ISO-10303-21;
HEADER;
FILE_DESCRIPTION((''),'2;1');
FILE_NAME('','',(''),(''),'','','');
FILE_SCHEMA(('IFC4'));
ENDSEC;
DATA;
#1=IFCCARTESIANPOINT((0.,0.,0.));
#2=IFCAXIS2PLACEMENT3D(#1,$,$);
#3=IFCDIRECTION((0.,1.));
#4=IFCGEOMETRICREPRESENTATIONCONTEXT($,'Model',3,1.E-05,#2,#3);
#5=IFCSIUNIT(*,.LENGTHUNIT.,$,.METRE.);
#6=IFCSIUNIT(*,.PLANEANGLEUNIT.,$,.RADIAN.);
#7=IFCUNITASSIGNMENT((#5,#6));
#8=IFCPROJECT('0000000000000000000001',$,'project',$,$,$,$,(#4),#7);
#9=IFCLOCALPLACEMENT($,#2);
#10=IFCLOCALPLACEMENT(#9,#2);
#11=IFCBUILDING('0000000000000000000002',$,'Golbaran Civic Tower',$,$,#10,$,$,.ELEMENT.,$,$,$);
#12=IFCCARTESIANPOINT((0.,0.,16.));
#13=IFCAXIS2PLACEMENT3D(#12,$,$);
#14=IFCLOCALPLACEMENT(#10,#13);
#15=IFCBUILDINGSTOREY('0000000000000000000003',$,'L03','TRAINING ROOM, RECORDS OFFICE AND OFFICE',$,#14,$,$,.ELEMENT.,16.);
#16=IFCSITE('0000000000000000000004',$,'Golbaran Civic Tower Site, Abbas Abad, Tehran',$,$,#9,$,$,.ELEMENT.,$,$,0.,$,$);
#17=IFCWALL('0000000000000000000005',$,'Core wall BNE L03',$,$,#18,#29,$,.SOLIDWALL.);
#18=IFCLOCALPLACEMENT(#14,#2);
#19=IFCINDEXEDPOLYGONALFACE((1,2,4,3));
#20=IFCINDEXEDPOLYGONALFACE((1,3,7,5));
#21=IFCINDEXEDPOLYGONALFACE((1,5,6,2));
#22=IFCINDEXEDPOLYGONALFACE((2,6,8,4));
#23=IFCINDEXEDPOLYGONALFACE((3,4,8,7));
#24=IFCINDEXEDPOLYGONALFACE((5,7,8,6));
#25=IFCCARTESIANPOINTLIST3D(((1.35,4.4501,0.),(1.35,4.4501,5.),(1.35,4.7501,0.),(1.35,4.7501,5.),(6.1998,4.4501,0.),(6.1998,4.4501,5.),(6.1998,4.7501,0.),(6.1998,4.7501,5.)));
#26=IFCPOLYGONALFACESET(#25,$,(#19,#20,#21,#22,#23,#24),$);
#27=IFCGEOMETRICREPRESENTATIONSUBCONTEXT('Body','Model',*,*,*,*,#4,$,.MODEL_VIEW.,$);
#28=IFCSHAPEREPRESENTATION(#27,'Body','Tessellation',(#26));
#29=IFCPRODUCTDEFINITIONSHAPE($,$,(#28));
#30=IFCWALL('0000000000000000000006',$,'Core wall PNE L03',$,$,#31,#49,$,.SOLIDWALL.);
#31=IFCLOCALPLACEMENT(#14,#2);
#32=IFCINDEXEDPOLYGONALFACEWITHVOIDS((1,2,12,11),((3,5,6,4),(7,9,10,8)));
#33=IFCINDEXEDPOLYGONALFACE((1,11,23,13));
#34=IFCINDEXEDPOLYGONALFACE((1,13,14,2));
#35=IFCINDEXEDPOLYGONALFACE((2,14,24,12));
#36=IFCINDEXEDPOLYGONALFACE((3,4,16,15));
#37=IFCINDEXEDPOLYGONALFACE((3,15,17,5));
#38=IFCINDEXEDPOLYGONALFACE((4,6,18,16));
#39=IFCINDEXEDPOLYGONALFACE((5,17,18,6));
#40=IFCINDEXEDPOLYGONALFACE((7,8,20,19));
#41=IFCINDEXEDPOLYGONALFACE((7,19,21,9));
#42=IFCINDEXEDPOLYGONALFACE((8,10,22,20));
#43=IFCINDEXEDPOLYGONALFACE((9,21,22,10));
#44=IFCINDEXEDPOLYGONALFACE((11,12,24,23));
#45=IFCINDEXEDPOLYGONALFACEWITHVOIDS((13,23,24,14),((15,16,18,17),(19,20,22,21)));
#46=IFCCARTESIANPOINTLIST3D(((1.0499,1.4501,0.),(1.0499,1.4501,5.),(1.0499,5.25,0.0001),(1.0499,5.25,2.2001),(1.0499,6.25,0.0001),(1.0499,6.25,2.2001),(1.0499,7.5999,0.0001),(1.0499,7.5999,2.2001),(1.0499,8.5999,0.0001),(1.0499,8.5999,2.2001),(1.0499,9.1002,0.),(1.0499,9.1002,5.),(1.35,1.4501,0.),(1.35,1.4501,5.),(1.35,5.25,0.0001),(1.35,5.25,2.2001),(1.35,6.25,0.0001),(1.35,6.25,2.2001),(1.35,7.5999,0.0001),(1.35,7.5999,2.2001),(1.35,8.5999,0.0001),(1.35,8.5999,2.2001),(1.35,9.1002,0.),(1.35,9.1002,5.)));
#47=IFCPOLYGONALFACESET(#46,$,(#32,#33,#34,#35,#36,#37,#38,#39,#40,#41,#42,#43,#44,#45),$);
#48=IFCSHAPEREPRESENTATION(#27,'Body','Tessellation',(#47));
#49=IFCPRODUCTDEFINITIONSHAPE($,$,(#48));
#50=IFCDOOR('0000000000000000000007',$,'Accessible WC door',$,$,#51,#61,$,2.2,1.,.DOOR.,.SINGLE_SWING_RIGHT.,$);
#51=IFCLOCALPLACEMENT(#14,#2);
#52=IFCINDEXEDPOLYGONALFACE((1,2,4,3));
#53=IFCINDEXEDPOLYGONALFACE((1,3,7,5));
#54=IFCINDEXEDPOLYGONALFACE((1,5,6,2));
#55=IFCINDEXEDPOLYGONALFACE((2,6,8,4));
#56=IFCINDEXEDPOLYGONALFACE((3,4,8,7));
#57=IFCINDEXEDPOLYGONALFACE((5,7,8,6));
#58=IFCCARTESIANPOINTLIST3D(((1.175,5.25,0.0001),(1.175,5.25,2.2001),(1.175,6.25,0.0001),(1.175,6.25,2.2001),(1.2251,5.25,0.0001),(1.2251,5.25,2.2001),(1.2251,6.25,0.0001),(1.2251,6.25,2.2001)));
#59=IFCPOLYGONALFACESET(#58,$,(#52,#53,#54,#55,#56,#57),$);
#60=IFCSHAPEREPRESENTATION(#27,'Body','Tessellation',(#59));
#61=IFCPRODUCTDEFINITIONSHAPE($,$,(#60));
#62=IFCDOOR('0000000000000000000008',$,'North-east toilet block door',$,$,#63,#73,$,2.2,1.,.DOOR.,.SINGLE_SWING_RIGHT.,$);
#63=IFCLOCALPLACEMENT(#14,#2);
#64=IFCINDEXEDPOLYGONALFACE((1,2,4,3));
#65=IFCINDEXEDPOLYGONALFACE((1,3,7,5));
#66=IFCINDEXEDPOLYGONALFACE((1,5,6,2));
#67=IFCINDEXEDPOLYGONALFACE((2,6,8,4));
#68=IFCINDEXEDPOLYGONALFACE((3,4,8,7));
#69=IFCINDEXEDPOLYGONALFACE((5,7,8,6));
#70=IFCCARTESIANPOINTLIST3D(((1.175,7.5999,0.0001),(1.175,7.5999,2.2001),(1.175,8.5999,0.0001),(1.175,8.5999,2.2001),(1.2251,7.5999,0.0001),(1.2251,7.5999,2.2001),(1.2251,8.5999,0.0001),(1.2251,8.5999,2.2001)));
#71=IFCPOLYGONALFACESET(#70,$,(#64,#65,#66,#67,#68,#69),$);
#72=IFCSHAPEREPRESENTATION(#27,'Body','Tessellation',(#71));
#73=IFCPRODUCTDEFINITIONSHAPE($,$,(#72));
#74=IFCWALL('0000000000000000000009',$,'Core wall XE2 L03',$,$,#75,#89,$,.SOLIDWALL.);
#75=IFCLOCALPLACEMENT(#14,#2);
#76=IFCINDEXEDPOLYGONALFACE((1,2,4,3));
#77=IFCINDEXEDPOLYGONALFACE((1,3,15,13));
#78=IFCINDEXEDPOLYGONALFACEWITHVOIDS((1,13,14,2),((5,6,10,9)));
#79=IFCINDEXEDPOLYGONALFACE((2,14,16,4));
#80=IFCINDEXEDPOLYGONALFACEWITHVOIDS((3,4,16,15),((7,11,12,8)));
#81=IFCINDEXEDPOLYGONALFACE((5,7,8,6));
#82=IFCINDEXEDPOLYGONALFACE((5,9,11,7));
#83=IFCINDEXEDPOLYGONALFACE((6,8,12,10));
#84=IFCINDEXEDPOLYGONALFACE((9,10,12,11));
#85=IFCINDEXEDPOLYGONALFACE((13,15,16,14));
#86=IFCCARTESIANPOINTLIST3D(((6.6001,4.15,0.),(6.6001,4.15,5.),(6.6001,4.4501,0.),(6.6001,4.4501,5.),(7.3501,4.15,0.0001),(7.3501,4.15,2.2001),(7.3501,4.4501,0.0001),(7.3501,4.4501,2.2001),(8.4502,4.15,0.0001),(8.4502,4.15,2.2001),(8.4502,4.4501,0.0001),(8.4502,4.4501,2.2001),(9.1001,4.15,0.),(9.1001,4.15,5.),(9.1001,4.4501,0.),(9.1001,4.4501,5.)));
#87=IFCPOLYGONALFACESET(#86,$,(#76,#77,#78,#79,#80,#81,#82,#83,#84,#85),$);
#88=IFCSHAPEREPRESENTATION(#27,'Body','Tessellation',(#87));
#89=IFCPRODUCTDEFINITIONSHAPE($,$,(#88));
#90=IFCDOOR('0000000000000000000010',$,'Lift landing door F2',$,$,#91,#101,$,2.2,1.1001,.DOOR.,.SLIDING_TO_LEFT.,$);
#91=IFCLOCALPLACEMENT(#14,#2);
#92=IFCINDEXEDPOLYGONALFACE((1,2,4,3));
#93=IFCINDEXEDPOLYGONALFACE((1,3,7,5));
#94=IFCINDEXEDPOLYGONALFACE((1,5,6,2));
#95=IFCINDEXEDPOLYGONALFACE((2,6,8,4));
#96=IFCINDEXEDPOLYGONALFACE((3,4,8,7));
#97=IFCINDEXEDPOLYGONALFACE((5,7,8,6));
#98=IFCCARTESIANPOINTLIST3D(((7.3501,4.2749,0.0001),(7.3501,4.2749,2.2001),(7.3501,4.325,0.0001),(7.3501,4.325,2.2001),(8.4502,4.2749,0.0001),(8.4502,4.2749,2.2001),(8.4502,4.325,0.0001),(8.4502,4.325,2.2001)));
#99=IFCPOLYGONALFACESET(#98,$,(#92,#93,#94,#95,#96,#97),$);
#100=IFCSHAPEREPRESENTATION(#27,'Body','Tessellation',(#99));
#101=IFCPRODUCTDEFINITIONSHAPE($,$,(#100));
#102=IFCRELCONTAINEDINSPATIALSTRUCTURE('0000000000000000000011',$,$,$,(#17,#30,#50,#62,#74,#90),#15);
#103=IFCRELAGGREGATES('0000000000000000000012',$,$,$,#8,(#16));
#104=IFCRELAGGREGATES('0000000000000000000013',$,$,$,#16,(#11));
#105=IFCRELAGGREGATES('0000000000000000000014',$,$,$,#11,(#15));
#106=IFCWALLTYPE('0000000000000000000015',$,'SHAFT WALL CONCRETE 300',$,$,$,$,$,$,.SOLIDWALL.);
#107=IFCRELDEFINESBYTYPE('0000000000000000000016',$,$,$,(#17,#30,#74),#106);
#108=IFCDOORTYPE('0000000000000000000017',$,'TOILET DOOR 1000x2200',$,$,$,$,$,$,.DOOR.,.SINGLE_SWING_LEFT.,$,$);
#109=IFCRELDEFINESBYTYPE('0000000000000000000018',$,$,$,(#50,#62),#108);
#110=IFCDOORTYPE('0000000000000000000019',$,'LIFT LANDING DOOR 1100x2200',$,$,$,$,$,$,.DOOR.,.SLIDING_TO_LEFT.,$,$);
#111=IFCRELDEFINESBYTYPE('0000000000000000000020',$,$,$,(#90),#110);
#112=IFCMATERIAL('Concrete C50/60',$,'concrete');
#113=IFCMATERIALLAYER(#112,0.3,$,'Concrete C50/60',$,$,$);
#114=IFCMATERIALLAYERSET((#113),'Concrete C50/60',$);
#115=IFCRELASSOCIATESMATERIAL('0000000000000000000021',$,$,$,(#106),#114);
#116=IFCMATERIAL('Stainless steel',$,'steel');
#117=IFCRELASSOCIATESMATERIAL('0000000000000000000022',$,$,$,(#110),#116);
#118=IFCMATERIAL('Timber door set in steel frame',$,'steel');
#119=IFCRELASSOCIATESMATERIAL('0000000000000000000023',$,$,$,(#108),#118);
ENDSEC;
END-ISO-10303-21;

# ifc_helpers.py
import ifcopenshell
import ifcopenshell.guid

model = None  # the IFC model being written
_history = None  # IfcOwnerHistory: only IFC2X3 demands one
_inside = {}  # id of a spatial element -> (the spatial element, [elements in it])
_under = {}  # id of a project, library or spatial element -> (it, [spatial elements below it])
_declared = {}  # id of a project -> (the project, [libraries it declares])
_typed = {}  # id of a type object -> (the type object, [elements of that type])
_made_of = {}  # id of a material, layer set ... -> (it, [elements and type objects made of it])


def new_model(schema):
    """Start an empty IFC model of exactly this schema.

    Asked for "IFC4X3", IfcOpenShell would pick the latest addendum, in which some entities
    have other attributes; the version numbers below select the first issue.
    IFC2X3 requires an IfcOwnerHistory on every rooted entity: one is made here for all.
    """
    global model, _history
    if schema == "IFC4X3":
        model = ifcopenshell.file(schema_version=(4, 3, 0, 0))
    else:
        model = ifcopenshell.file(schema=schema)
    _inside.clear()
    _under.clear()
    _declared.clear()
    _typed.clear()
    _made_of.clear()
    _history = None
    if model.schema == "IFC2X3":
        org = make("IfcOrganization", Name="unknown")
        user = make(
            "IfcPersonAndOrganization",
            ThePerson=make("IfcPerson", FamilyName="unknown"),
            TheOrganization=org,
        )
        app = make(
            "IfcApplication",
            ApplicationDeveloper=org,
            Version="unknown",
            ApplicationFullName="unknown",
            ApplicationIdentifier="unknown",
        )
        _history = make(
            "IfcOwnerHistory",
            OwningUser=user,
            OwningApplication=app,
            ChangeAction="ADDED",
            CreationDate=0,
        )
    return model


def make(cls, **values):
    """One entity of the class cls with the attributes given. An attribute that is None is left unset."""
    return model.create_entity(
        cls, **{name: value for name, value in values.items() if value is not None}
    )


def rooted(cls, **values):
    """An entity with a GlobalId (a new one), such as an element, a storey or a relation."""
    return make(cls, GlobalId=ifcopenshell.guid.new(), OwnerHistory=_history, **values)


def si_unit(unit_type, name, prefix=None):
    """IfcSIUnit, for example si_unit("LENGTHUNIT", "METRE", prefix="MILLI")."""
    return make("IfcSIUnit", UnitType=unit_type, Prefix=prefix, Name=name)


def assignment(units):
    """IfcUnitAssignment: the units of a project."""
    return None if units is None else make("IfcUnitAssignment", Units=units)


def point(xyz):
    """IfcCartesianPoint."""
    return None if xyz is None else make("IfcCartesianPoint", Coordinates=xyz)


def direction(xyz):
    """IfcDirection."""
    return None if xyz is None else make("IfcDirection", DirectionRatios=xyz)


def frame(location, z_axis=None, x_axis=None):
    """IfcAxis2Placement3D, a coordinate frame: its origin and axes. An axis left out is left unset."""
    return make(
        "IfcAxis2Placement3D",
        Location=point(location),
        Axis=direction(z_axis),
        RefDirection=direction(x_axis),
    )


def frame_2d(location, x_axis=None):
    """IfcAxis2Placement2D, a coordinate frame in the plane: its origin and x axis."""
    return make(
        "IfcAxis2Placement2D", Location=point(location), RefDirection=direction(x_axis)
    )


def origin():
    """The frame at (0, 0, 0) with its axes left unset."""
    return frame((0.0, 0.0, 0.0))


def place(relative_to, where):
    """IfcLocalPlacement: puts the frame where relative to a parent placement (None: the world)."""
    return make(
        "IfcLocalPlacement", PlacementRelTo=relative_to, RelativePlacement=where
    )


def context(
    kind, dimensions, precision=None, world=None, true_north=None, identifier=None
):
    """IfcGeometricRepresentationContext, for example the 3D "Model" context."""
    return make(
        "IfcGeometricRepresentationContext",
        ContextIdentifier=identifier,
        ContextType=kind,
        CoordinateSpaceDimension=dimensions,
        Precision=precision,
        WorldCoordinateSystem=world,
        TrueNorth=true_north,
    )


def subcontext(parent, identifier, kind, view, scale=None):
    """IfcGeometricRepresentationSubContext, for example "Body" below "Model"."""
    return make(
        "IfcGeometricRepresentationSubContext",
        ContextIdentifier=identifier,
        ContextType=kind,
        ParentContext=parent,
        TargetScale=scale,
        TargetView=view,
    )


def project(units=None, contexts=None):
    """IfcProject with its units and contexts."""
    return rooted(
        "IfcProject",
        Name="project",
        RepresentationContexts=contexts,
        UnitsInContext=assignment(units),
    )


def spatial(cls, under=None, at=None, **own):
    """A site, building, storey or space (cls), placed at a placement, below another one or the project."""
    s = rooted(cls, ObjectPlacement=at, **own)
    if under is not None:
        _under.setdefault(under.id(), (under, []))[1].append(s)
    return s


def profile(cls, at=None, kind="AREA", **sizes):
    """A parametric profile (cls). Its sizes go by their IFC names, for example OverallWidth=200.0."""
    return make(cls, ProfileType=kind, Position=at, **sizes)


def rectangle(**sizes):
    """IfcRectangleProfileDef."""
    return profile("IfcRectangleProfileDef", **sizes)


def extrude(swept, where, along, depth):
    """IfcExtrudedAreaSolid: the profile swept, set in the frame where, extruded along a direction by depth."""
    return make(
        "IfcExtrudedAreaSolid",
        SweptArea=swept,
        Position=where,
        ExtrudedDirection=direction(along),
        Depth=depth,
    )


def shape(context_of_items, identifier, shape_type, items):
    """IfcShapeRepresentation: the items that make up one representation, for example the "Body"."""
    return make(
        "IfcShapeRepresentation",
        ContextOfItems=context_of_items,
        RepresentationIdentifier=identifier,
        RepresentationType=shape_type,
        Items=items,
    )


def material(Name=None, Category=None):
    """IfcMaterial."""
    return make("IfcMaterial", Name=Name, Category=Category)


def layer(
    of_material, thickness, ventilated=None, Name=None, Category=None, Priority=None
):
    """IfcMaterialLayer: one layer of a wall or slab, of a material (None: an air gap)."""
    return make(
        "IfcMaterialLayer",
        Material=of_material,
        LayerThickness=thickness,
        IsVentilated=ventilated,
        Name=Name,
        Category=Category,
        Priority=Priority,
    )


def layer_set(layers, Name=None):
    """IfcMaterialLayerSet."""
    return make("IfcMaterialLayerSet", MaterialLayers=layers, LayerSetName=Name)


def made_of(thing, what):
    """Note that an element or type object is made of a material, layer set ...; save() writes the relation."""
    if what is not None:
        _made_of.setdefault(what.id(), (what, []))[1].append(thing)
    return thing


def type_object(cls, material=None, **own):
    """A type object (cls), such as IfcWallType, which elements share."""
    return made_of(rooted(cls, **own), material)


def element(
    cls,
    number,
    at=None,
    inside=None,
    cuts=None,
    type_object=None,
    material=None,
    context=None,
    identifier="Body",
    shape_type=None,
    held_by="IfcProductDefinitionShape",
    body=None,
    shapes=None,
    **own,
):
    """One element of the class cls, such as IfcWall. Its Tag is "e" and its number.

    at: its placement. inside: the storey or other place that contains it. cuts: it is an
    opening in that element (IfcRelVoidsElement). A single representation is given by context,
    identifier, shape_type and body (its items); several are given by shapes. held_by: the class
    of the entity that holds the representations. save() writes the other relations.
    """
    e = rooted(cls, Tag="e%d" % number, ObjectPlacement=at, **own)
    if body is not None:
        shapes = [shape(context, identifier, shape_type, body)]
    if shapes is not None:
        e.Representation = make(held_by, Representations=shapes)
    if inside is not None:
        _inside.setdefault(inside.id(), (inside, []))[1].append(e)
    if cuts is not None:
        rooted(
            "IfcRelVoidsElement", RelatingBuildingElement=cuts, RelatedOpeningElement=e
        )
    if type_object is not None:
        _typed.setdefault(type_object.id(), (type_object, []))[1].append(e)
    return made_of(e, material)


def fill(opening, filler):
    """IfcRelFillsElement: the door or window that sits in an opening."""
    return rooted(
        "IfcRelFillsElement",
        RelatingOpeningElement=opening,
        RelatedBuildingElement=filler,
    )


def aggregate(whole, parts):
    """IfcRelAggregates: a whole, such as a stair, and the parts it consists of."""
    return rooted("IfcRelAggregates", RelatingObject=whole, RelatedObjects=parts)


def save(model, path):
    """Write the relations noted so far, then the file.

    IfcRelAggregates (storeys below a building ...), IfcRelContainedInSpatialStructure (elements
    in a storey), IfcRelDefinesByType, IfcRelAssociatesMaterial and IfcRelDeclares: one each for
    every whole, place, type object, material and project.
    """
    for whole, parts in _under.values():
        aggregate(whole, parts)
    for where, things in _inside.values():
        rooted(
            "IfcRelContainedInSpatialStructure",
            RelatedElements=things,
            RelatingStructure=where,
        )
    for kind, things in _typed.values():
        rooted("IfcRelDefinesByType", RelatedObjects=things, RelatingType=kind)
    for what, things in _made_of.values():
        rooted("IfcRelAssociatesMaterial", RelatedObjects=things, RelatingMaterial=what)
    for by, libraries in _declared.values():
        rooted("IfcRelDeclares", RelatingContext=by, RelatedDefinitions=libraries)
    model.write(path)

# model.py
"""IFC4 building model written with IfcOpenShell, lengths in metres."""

from ifc_helpers import new_model, si_unit, direction, frame, frame_2d, origin, place, context, subcontext, project, spatial, rectangle, extrude, material, layer, layer_set, type_object, element, fill, save


model = new_model("IFC4")

# Units and contexts
model_context = context("Model", 3, precision=1e-05, world=origin(), true_north=direction((0.0, 1.0)))
body_context = subcontext(model_context, "Body", "Model", "MODEL_VIEW")
ifc_project = project(units=[si_unit("LENGTHUNIT", "METRE"), si_unit("PLANEANGLEUNIT", "RADIAN")], contexts=[model_context])

# Site, building, storey
site_placement = place(None, origin())
site = spatial("IfcSite", under=ifc_project, at=site_placement, Name="Golbaran Civic Tower Site, Abbas Abad, Tehran", CompositionType="ELEMENT", RefElevation=0.0)
building_placement = place(site_placement, origin())
building = spatial("IfcBuilding", under=site, at=building_placement, Name="Golbaran Civic Tower", CompositionType="ELEMENT")
storey_placement = place(building_placement, frame((0.0, 0.0, 16.0)))
storey = spatial("IfcBuildingStorey", under=building, at=storey_placement, Name="L03", Description="TRAINING ROOM, RECORDS OFFICE AND OFFICE", CompositionType="ELEMENT", Elevation=16.0)

# Shared definitions
ifc_material_1 = material(Name="Concrete C50/60", Category="concrete")
ifc_layer_1 = layer(ifc_material_1, 0.3, Name="Concrete C50/60")
ifc_layer_set_1 = layer_set([ifc_layer_1], Name="Concrete C50/60")
wall_type_1 = type_object("IfcWallType", Name="SHAFT WALL CONCRETE 300", PredefinedType="SOLIDWALL", material=ifc_layer_set_1)
ifc_material_2 = material(Name="Stainless steel", Category="steel")
door_type_1 = type_object("IfcDoorType", Name="LIFT LANDING DOOR 1100x2200", OperationType="SLIDING_TO_LEFT", PredefinedType="DOOR", material=ifc_material_2)

# Wall
wall_1_placement = place(storey_placement, frame((1.3501, 4.6001, 0.0), z_axis=(0.0, 0.0, 1.0), x_axis=(1.0, 0.0, 0.0)))
element("IfcWall", 1, at=wall_1_placement, inside=storey, type_object=wall_type_1, Name="Core wall BNE L03", PredefinedType="SOLIDWALL", context=body_context, shape_type="SweptSolid", body=[
    extrude(rectangle(XDim=4.8499, YDim=0.3, at=frame_2d((2.4248, 0.0))), origin(), (0.0, 0.0, 1.0), 5.0),
])

# Wall, openings, doors
wall_2_placement = place(storey_placement, frame((1.2, 1.45, 0.0), z_axis=(0.0, 0.0, 1.0), x_axis=(0.0, 1.0, 0.0)))
wall_2 = element("IfcWall", 2, at=wall_2_placement, inside=storey, type_object=wall_type_1, Name="Core wall PNE L03", PredefinedType="SOLIDWALL", context=body_context, shape_type="SweptSolid", body=[
    extrude(rectangle(XDim=7.6501, YDim=0.3, at=frame_2d((3.8252, 0.0))), origin(), (0.0, 0.0, 1.0), 5.0),
])
opening_1_placement = place(wall_2_placement, frame((3.8, 0.0, 0.0)))
opening_1 = element("IfcOpeningElement", 3, at=opening_1_placement, cuts=wall_2, PredefinedType="OPENING", context=body_context, shape_type="SweptSolid", body=[
    extrude(rectangle(XDim=1.0, YDim=2.2, at=frame_2d((0.5, 1.1001))), frame((0.0, 0.1599, 0.0), z_axis=(0.0, -1.0, 0.0), x_axis=(1.0, 0.0, 0.0)), (0.0, 0.0, 1.0), 0.3201),
])
opening_2_placement = place(wall_2_placement, frame((6.1499, 0.0, 0.0)))
opening_2 = element("IfcOpeningElement", 4, at=opening_2_placement, cuts=wall_2, PredefinedType="OPENING", context=body_context, shape_type="SweptSolid", body=[
    extrude(rectangle(XDim=1.0, YDim=2.2, at=frame_2d((0.5, 1.1001))), frame((0.0, 0.1599, 0.0), z_axis=(0.0, -1.0, 0.0), x_axis=(1.0, 0.0, 0.0)), (0.0, 0.0, 1.0), 0.3201),
])
ifc_material_3 = material(Name="Timber door set in steel frame", Category="steel")
door_type_2 = type_object("IfcDoorType", Name="TOILET DOOR 1000x2200", OperationType="SINGLE_SWING_LEFT", PredefinedType="DOOR", material=ifc_material_3)
door_1_placement = place(opening_1_placement, origin())
door_1 = element("IfcDoor", 5, at=door_1_placement, inside=storey, type_object=door_type_2, Name="Accessible WC door", OperationType="SINGLE_SWING_RIGHT", OverallHeight=2.2, OverallWidth=1.0, PredefinedType="DOOR", context=body_context, shape_type="SweptSolid", body=[
    extrude(rectangle(XDim=1.0, YDim=2.2, at=frame_2d((0.5, 1.1001))), frame((0.0, 0.0249, 0.0), z_axis=(0.0, -1.0, 0.0), x_axis=(1.0, 0.0, 0.0)), (0.0, 0.0, 1.0), 0.05),
])
fill(opening_1, door_1)
door_2_placement = place(opening_2_placement, origin())
door_2 = element("IfcDoor", 6, at=door_2_placement, inside=storey, type_object=door_type_2, Name="North-east toilet block door", OperationType="SINGLE_SWING_RIGHT", OverallHeight=2.2, OverallWidth=1.0, PredefinedType="DOOR", context=body_context, shape_type="SweptSolid", body=[
    extrude(rectangle(XDim=1.0, YDim=2.2, at=frame_2d((0.5, 1.1001))), frame((0.0, 0.0249, 0.0), z_axis=(0.0, -1.0, 0.0), x_axis=(1.0, 0.0, 0.0)), (0.0, 0.0, 1.0), 0.05),
])
fill(opening_2, door_2)

# Wall, opening, door
wall_3_placement = place(storey_placement, frame((6.6001, 4.3, 0.0), z_axis=(0.0, 0.0, 1.0), x_axis=(1.0, 0.0, 0.0)))
wall_3 = element("IfcWall", 7, at=wall_3_placement, inside=storey, type_object=wall_type_1, Name="Core wall XE2 L03", PredefinedType="SOLIDWALL", context=body_context, shape_type="SweptSolid", body=[
    extrude(rectangle(XDim=2.5, YDim=0.3, at=frame_2d((1.25, 0.0))), origin(), (0.0, 0.0, 1.0), 5.0),
])
opening_3_placement = place(wall_3_placement, frame((0.75, 0.0, 0.0)))
opening_3 = element("IfcOpeningElement", 8, at=opening_3_placement, cuts=wall_3, PredefinedType="OPENING", context=body_context, shape_type="SweptSolid", body=[
    extrude(rectangle(XDim=1.1001, YDim=2.2, at=frame_2d((0.55, 1.1001))), frame((0.0, 0.1599, 0.0), z_axis=(0.0, -1.0, 0.0), x_axis=(1.0, 0.0, 0.0)), (0.0, 0.0, 1.0), 0.3201),
])
door_3_placement = place(opening_3_placement, origin())
door_3 = element("IfcDoor", 9, at=door_3_placement, inside=storey, type_object=door_type_1, Name="Lift landing door F2", OperationType="SLIDING_TO_LEFT", OverallHeight=2.2, OverallWidth=1.1001, PredefinedType="DOOR", context=body_context, shape_type="SweptSolid", body=[
    extrude(rectangle(XDim=1.1001, YDim=2.2, at=frame_2d((0.55, 1.1001))), frame((0.0, 0.0249, 0.0), z_axis=(0.0, -1.0, 0.0), x_axis=(1.0, 0.0, 0.0)), (0.0, 0.0, 1.0), 0.05),
])
fill(opening_3, door_3)

save(model, "model.ifc")
